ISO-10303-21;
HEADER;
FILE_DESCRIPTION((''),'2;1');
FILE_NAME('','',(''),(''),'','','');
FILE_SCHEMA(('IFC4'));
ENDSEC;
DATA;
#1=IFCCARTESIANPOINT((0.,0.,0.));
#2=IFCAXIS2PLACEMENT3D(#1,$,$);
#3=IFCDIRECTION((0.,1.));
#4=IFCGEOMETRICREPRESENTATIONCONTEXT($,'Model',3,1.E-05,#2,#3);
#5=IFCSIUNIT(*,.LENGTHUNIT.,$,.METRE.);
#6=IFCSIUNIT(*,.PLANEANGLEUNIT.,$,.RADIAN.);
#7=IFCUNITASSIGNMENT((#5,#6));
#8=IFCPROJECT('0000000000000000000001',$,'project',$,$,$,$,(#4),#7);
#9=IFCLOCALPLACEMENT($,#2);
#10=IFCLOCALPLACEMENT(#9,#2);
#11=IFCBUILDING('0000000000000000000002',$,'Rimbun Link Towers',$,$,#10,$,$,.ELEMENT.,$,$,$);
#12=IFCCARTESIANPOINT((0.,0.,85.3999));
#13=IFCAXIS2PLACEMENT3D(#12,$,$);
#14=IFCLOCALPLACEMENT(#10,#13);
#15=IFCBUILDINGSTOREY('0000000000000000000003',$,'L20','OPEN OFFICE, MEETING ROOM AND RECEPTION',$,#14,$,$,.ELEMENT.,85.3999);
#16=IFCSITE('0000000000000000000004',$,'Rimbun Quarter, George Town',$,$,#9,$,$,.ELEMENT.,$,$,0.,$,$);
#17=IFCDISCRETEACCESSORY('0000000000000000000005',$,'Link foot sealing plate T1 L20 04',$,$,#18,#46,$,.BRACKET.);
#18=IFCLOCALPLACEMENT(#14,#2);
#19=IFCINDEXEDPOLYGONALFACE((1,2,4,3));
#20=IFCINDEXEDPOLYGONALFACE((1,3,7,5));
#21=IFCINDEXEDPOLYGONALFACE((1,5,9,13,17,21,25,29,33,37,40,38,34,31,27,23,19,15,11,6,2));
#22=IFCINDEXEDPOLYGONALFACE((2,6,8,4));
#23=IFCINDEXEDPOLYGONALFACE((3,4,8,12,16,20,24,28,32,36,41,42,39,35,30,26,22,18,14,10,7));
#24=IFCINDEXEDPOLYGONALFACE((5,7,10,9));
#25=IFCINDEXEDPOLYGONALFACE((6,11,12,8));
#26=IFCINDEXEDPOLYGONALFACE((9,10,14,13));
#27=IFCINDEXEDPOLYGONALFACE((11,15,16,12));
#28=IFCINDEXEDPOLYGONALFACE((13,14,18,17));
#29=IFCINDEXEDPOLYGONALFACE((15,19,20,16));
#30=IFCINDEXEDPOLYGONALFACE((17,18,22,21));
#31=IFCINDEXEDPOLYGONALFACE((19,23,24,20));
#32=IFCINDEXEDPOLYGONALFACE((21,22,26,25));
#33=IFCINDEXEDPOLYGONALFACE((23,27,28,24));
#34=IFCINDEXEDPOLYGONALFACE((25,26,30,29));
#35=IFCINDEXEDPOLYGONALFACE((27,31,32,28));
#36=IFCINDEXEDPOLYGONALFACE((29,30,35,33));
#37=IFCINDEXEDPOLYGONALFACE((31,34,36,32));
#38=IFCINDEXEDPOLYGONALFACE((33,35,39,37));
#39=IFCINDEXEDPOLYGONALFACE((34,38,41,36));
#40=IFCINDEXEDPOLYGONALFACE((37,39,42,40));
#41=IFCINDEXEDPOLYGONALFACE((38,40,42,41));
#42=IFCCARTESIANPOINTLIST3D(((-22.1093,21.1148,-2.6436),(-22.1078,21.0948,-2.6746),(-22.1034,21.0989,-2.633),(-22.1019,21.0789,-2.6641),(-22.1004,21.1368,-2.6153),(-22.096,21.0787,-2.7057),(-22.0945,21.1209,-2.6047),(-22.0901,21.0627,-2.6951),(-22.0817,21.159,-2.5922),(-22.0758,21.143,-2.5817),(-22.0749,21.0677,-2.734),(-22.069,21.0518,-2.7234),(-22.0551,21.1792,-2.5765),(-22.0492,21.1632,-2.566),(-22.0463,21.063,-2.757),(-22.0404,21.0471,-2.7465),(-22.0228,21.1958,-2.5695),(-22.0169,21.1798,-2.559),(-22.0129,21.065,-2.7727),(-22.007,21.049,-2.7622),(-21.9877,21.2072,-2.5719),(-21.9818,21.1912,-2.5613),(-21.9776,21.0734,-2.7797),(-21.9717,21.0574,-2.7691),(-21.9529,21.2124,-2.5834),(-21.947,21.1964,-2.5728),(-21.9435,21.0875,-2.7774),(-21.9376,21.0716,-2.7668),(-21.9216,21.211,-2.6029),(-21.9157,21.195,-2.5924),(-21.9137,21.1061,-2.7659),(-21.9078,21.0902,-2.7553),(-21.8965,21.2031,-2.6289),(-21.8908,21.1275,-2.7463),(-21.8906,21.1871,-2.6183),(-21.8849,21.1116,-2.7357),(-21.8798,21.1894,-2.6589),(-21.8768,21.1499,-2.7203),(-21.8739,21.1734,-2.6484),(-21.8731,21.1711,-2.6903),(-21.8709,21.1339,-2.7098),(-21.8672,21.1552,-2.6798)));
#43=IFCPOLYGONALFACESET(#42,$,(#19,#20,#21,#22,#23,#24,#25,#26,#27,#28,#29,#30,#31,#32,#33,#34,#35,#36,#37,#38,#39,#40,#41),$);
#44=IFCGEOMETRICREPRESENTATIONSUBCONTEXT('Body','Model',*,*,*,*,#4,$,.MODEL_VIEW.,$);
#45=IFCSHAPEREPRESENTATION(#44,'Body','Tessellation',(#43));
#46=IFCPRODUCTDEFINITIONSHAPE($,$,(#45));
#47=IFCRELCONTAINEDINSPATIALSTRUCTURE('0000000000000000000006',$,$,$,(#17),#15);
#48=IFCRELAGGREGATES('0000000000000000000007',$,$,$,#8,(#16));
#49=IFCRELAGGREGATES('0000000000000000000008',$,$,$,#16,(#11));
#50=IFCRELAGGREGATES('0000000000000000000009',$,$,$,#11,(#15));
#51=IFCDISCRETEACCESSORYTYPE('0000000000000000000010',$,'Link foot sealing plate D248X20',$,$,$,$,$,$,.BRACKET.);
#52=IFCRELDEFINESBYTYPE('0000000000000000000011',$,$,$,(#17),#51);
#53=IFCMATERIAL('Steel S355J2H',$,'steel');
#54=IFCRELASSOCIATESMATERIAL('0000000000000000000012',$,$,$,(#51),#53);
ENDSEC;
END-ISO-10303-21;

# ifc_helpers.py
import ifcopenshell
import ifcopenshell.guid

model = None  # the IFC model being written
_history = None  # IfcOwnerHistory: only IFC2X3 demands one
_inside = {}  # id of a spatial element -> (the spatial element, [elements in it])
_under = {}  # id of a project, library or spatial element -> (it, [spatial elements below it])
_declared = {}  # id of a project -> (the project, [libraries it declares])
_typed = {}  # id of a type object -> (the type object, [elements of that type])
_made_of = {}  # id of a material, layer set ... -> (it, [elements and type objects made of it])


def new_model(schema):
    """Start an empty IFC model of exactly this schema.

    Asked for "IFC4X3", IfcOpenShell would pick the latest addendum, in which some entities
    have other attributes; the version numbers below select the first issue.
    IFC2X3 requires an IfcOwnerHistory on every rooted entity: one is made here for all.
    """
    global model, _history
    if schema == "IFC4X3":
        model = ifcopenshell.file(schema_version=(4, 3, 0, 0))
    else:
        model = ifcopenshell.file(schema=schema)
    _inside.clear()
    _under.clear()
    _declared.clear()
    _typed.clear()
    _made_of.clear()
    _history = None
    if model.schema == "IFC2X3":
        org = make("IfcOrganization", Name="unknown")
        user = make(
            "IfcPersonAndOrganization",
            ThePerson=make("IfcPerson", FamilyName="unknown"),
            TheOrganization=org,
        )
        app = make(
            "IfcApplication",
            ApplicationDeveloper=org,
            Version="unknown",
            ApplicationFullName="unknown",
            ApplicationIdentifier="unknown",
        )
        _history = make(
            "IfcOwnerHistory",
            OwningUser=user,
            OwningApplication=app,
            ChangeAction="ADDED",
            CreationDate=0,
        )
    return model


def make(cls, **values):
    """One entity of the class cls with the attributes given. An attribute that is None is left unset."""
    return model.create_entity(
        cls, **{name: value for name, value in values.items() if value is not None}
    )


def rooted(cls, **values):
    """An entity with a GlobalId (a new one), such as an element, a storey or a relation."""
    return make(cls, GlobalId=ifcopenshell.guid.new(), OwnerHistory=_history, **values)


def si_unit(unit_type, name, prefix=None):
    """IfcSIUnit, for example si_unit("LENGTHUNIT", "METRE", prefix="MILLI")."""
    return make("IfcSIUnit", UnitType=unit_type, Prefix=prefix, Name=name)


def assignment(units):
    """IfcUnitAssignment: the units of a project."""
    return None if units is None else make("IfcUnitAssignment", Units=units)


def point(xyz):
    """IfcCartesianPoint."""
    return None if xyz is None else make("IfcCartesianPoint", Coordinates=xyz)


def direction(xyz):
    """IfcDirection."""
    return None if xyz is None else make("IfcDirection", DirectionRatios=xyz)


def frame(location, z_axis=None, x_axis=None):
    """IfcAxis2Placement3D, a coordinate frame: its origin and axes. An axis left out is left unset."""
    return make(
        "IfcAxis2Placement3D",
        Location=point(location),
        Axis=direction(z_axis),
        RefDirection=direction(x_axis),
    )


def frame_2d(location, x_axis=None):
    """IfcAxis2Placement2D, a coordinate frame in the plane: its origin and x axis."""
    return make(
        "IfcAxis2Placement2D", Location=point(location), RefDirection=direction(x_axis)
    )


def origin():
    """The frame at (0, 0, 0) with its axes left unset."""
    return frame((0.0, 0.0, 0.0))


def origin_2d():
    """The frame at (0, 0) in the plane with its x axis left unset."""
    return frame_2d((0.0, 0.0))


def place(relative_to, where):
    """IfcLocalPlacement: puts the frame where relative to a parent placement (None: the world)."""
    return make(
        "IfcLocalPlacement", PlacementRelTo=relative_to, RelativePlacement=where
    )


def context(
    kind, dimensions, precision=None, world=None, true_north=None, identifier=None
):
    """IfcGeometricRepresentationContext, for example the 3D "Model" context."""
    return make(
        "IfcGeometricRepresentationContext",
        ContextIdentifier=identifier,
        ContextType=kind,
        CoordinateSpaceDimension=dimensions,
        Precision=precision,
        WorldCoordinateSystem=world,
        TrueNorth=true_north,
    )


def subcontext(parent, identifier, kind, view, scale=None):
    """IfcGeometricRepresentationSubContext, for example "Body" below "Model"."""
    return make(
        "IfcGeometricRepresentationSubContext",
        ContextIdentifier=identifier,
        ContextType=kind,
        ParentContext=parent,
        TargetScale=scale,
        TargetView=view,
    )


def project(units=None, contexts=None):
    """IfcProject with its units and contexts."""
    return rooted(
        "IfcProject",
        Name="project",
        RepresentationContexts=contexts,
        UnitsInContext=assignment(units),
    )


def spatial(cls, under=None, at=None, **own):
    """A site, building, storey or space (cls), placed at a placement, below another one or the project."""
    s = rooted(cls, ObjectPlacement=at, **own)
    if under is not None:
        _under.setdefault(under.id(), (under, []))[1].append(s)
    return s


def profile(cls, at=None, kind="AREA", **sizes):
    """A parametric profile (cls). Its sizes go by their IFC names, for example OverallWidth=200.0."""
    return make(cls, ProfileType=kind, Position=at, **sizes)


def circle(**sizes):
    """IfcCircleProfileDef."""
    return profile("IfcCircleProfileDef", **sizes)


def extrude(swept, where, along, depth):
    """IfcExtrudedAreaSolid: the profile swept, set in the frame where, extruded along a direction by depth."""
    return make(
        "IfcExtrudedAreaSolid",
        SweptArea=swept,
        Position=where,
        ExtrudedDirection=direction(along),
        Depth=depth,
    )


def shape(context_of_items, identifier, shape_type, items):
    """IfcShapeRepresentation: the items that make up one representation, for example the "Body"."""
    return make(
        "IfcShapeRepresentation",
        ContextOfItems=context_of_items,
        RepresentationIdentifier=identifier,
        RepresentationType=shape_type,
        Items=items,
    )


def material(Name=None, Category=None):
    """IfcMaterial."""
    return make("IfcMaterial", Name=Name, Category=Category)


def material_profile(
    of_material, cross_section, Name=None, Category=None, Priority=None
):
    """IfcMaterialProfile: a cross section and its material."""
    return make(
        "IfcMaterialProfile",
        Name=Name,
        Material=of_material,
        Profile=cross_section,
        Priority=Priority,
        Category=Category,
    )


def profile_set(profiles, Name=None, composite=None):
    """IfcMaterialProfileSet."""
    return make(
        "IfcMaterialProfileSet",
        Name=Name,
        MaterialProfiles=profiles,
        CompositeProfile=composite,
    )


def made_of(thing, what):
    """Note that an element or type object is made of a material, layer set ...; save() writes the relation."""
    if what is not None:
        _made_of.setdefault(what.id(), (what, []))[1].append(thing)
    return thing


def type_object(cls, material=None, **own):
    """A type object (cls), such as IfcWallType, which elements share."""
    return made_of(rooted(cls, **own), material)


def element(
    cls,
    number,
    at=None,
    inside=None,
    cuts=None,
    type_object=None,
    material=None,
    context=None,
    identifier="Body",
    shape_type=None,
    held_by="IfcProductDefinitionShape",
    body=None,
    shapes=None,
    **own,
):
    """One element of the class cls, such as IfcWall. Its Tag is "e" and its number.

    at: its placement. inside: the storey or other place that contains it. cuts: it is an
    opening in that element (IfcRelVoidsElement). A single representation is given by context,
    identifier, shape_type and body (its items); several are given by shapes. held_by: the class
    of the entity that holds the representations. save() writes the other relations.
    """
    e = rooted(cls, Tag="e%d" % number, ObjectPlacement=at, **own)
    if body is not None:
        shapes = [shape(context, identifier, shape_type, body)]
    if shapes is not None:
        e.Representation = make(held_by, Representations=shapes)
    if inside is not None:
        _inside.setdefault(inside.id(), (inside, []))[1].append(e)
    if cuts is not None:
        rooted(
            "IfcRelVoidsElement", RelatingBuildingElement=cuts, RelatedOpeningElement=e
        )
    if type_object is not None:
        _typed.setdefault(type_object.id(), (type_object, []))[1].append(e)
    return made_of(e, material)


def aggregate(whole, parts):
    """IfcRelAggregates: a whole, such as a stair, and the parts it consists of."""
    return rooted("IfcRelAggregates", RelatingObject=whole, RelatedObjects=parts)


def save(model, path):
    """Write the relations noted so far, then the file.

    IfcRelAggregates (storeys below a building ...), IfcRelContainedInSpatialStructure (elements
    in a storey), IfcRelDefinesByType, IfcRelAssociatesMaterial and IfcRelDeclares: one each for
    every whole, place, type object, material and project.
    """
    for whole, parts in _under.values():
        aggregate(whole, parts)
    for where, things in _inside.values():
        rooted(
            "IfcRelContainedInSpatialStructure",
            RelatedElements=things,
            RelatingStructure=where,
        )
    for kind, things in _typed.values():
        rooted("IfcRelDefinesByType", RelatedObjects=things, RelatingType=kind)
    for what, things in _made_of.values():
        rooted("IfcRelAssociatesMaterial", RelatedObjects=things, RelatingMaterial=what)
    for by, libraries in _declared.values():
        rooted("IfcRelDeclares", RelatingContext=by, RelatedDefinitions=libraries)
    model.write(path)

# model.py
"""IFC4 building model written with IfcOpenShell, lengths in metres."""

from ifc_helpers import new_model, si_unit, direction, frame, origin, origin_2d, place, context, subcontext, project, spatial, circle, extrude, material, material_profile, profile_set, type_object, element, save


model = new_model("IFC4")

# Units and contexts
model_context = context("Model", 3, precision=1e-05, world=origin(), true_north=direction((0.0, 1.0)))
body_context = subcontext(model_context, "Body", "Model", "MODEL_VIEW")
ifc_project = project(units=[si_unit("LENGTHUNIT", "METRE"), si_unit("PLANEANGLEUNIT", "RADIAN")], contexts=[model_context])

# Site, building, storey
site_placement = place(None, origin())
site = spatial("IfcSite", under=ifc_project, at=site_placement, Name="Rimbun Quarter, George Town", CompositionType="ELEMENT", RefElevation=0.0)
building_placement = place(site_placement, origin())
building = spatial("IfcBuilding", under=site, at=building_placement, Name="Rimbun Link Towers", CompositionType="ELEMENT")
storey_placement = place(building_placement, frame((0.0, 0.0, 85.3999)))
storey = spatial("IfcBuildingStorey", under=building, at=storey_placement, Name="L20", Description="OPEN OFFICE, MEETING ROOM AND RECEPTION", CompositionType="ELEMENT", Elevation=85.3999)

# Discrete accessory
ifc_material_1 = material(Name="Steel S355J2H", Category="steel")
ifc_material_profile_1 = material_profile(ifc_material_1, circle(Radius=0.124, at=origin_2d()), Name="PL D248")
ifc_profile_set_1 = profile_set([ifc_material_profile_1], Name="Steel S355J2H")
discrete_accessory_type = type_object("IfcDiscreteAccessoryType", Name="Link foot sealing plate D248X20", PredefinedType="BRACKET", material=ifc_profile_set_1)
discrete_accessory_placement = place(storey_placement, frame((-21.9856, 21.1218, -2.6641), z_axis=(-0.294307, 0.797081, -0.5273), x_axis=(-0.938096, -0.346374, 0.0)))
element("IfcDiscreteAccessory", 1, at=discrete_accessory_placement, inside=storey, type_object=discrete_accessory_type, Name="Link foot sealing plate T1 L20 04", PredefinedType="BRACKET", context=body_context, shape_type="SweptSolid", body=[
    extrude(circle(Radius=0.124, at=origin_2d()), origin(), (0.0, 0.0, 1.0), 0.02),
])

save(model, "model.ifc")
